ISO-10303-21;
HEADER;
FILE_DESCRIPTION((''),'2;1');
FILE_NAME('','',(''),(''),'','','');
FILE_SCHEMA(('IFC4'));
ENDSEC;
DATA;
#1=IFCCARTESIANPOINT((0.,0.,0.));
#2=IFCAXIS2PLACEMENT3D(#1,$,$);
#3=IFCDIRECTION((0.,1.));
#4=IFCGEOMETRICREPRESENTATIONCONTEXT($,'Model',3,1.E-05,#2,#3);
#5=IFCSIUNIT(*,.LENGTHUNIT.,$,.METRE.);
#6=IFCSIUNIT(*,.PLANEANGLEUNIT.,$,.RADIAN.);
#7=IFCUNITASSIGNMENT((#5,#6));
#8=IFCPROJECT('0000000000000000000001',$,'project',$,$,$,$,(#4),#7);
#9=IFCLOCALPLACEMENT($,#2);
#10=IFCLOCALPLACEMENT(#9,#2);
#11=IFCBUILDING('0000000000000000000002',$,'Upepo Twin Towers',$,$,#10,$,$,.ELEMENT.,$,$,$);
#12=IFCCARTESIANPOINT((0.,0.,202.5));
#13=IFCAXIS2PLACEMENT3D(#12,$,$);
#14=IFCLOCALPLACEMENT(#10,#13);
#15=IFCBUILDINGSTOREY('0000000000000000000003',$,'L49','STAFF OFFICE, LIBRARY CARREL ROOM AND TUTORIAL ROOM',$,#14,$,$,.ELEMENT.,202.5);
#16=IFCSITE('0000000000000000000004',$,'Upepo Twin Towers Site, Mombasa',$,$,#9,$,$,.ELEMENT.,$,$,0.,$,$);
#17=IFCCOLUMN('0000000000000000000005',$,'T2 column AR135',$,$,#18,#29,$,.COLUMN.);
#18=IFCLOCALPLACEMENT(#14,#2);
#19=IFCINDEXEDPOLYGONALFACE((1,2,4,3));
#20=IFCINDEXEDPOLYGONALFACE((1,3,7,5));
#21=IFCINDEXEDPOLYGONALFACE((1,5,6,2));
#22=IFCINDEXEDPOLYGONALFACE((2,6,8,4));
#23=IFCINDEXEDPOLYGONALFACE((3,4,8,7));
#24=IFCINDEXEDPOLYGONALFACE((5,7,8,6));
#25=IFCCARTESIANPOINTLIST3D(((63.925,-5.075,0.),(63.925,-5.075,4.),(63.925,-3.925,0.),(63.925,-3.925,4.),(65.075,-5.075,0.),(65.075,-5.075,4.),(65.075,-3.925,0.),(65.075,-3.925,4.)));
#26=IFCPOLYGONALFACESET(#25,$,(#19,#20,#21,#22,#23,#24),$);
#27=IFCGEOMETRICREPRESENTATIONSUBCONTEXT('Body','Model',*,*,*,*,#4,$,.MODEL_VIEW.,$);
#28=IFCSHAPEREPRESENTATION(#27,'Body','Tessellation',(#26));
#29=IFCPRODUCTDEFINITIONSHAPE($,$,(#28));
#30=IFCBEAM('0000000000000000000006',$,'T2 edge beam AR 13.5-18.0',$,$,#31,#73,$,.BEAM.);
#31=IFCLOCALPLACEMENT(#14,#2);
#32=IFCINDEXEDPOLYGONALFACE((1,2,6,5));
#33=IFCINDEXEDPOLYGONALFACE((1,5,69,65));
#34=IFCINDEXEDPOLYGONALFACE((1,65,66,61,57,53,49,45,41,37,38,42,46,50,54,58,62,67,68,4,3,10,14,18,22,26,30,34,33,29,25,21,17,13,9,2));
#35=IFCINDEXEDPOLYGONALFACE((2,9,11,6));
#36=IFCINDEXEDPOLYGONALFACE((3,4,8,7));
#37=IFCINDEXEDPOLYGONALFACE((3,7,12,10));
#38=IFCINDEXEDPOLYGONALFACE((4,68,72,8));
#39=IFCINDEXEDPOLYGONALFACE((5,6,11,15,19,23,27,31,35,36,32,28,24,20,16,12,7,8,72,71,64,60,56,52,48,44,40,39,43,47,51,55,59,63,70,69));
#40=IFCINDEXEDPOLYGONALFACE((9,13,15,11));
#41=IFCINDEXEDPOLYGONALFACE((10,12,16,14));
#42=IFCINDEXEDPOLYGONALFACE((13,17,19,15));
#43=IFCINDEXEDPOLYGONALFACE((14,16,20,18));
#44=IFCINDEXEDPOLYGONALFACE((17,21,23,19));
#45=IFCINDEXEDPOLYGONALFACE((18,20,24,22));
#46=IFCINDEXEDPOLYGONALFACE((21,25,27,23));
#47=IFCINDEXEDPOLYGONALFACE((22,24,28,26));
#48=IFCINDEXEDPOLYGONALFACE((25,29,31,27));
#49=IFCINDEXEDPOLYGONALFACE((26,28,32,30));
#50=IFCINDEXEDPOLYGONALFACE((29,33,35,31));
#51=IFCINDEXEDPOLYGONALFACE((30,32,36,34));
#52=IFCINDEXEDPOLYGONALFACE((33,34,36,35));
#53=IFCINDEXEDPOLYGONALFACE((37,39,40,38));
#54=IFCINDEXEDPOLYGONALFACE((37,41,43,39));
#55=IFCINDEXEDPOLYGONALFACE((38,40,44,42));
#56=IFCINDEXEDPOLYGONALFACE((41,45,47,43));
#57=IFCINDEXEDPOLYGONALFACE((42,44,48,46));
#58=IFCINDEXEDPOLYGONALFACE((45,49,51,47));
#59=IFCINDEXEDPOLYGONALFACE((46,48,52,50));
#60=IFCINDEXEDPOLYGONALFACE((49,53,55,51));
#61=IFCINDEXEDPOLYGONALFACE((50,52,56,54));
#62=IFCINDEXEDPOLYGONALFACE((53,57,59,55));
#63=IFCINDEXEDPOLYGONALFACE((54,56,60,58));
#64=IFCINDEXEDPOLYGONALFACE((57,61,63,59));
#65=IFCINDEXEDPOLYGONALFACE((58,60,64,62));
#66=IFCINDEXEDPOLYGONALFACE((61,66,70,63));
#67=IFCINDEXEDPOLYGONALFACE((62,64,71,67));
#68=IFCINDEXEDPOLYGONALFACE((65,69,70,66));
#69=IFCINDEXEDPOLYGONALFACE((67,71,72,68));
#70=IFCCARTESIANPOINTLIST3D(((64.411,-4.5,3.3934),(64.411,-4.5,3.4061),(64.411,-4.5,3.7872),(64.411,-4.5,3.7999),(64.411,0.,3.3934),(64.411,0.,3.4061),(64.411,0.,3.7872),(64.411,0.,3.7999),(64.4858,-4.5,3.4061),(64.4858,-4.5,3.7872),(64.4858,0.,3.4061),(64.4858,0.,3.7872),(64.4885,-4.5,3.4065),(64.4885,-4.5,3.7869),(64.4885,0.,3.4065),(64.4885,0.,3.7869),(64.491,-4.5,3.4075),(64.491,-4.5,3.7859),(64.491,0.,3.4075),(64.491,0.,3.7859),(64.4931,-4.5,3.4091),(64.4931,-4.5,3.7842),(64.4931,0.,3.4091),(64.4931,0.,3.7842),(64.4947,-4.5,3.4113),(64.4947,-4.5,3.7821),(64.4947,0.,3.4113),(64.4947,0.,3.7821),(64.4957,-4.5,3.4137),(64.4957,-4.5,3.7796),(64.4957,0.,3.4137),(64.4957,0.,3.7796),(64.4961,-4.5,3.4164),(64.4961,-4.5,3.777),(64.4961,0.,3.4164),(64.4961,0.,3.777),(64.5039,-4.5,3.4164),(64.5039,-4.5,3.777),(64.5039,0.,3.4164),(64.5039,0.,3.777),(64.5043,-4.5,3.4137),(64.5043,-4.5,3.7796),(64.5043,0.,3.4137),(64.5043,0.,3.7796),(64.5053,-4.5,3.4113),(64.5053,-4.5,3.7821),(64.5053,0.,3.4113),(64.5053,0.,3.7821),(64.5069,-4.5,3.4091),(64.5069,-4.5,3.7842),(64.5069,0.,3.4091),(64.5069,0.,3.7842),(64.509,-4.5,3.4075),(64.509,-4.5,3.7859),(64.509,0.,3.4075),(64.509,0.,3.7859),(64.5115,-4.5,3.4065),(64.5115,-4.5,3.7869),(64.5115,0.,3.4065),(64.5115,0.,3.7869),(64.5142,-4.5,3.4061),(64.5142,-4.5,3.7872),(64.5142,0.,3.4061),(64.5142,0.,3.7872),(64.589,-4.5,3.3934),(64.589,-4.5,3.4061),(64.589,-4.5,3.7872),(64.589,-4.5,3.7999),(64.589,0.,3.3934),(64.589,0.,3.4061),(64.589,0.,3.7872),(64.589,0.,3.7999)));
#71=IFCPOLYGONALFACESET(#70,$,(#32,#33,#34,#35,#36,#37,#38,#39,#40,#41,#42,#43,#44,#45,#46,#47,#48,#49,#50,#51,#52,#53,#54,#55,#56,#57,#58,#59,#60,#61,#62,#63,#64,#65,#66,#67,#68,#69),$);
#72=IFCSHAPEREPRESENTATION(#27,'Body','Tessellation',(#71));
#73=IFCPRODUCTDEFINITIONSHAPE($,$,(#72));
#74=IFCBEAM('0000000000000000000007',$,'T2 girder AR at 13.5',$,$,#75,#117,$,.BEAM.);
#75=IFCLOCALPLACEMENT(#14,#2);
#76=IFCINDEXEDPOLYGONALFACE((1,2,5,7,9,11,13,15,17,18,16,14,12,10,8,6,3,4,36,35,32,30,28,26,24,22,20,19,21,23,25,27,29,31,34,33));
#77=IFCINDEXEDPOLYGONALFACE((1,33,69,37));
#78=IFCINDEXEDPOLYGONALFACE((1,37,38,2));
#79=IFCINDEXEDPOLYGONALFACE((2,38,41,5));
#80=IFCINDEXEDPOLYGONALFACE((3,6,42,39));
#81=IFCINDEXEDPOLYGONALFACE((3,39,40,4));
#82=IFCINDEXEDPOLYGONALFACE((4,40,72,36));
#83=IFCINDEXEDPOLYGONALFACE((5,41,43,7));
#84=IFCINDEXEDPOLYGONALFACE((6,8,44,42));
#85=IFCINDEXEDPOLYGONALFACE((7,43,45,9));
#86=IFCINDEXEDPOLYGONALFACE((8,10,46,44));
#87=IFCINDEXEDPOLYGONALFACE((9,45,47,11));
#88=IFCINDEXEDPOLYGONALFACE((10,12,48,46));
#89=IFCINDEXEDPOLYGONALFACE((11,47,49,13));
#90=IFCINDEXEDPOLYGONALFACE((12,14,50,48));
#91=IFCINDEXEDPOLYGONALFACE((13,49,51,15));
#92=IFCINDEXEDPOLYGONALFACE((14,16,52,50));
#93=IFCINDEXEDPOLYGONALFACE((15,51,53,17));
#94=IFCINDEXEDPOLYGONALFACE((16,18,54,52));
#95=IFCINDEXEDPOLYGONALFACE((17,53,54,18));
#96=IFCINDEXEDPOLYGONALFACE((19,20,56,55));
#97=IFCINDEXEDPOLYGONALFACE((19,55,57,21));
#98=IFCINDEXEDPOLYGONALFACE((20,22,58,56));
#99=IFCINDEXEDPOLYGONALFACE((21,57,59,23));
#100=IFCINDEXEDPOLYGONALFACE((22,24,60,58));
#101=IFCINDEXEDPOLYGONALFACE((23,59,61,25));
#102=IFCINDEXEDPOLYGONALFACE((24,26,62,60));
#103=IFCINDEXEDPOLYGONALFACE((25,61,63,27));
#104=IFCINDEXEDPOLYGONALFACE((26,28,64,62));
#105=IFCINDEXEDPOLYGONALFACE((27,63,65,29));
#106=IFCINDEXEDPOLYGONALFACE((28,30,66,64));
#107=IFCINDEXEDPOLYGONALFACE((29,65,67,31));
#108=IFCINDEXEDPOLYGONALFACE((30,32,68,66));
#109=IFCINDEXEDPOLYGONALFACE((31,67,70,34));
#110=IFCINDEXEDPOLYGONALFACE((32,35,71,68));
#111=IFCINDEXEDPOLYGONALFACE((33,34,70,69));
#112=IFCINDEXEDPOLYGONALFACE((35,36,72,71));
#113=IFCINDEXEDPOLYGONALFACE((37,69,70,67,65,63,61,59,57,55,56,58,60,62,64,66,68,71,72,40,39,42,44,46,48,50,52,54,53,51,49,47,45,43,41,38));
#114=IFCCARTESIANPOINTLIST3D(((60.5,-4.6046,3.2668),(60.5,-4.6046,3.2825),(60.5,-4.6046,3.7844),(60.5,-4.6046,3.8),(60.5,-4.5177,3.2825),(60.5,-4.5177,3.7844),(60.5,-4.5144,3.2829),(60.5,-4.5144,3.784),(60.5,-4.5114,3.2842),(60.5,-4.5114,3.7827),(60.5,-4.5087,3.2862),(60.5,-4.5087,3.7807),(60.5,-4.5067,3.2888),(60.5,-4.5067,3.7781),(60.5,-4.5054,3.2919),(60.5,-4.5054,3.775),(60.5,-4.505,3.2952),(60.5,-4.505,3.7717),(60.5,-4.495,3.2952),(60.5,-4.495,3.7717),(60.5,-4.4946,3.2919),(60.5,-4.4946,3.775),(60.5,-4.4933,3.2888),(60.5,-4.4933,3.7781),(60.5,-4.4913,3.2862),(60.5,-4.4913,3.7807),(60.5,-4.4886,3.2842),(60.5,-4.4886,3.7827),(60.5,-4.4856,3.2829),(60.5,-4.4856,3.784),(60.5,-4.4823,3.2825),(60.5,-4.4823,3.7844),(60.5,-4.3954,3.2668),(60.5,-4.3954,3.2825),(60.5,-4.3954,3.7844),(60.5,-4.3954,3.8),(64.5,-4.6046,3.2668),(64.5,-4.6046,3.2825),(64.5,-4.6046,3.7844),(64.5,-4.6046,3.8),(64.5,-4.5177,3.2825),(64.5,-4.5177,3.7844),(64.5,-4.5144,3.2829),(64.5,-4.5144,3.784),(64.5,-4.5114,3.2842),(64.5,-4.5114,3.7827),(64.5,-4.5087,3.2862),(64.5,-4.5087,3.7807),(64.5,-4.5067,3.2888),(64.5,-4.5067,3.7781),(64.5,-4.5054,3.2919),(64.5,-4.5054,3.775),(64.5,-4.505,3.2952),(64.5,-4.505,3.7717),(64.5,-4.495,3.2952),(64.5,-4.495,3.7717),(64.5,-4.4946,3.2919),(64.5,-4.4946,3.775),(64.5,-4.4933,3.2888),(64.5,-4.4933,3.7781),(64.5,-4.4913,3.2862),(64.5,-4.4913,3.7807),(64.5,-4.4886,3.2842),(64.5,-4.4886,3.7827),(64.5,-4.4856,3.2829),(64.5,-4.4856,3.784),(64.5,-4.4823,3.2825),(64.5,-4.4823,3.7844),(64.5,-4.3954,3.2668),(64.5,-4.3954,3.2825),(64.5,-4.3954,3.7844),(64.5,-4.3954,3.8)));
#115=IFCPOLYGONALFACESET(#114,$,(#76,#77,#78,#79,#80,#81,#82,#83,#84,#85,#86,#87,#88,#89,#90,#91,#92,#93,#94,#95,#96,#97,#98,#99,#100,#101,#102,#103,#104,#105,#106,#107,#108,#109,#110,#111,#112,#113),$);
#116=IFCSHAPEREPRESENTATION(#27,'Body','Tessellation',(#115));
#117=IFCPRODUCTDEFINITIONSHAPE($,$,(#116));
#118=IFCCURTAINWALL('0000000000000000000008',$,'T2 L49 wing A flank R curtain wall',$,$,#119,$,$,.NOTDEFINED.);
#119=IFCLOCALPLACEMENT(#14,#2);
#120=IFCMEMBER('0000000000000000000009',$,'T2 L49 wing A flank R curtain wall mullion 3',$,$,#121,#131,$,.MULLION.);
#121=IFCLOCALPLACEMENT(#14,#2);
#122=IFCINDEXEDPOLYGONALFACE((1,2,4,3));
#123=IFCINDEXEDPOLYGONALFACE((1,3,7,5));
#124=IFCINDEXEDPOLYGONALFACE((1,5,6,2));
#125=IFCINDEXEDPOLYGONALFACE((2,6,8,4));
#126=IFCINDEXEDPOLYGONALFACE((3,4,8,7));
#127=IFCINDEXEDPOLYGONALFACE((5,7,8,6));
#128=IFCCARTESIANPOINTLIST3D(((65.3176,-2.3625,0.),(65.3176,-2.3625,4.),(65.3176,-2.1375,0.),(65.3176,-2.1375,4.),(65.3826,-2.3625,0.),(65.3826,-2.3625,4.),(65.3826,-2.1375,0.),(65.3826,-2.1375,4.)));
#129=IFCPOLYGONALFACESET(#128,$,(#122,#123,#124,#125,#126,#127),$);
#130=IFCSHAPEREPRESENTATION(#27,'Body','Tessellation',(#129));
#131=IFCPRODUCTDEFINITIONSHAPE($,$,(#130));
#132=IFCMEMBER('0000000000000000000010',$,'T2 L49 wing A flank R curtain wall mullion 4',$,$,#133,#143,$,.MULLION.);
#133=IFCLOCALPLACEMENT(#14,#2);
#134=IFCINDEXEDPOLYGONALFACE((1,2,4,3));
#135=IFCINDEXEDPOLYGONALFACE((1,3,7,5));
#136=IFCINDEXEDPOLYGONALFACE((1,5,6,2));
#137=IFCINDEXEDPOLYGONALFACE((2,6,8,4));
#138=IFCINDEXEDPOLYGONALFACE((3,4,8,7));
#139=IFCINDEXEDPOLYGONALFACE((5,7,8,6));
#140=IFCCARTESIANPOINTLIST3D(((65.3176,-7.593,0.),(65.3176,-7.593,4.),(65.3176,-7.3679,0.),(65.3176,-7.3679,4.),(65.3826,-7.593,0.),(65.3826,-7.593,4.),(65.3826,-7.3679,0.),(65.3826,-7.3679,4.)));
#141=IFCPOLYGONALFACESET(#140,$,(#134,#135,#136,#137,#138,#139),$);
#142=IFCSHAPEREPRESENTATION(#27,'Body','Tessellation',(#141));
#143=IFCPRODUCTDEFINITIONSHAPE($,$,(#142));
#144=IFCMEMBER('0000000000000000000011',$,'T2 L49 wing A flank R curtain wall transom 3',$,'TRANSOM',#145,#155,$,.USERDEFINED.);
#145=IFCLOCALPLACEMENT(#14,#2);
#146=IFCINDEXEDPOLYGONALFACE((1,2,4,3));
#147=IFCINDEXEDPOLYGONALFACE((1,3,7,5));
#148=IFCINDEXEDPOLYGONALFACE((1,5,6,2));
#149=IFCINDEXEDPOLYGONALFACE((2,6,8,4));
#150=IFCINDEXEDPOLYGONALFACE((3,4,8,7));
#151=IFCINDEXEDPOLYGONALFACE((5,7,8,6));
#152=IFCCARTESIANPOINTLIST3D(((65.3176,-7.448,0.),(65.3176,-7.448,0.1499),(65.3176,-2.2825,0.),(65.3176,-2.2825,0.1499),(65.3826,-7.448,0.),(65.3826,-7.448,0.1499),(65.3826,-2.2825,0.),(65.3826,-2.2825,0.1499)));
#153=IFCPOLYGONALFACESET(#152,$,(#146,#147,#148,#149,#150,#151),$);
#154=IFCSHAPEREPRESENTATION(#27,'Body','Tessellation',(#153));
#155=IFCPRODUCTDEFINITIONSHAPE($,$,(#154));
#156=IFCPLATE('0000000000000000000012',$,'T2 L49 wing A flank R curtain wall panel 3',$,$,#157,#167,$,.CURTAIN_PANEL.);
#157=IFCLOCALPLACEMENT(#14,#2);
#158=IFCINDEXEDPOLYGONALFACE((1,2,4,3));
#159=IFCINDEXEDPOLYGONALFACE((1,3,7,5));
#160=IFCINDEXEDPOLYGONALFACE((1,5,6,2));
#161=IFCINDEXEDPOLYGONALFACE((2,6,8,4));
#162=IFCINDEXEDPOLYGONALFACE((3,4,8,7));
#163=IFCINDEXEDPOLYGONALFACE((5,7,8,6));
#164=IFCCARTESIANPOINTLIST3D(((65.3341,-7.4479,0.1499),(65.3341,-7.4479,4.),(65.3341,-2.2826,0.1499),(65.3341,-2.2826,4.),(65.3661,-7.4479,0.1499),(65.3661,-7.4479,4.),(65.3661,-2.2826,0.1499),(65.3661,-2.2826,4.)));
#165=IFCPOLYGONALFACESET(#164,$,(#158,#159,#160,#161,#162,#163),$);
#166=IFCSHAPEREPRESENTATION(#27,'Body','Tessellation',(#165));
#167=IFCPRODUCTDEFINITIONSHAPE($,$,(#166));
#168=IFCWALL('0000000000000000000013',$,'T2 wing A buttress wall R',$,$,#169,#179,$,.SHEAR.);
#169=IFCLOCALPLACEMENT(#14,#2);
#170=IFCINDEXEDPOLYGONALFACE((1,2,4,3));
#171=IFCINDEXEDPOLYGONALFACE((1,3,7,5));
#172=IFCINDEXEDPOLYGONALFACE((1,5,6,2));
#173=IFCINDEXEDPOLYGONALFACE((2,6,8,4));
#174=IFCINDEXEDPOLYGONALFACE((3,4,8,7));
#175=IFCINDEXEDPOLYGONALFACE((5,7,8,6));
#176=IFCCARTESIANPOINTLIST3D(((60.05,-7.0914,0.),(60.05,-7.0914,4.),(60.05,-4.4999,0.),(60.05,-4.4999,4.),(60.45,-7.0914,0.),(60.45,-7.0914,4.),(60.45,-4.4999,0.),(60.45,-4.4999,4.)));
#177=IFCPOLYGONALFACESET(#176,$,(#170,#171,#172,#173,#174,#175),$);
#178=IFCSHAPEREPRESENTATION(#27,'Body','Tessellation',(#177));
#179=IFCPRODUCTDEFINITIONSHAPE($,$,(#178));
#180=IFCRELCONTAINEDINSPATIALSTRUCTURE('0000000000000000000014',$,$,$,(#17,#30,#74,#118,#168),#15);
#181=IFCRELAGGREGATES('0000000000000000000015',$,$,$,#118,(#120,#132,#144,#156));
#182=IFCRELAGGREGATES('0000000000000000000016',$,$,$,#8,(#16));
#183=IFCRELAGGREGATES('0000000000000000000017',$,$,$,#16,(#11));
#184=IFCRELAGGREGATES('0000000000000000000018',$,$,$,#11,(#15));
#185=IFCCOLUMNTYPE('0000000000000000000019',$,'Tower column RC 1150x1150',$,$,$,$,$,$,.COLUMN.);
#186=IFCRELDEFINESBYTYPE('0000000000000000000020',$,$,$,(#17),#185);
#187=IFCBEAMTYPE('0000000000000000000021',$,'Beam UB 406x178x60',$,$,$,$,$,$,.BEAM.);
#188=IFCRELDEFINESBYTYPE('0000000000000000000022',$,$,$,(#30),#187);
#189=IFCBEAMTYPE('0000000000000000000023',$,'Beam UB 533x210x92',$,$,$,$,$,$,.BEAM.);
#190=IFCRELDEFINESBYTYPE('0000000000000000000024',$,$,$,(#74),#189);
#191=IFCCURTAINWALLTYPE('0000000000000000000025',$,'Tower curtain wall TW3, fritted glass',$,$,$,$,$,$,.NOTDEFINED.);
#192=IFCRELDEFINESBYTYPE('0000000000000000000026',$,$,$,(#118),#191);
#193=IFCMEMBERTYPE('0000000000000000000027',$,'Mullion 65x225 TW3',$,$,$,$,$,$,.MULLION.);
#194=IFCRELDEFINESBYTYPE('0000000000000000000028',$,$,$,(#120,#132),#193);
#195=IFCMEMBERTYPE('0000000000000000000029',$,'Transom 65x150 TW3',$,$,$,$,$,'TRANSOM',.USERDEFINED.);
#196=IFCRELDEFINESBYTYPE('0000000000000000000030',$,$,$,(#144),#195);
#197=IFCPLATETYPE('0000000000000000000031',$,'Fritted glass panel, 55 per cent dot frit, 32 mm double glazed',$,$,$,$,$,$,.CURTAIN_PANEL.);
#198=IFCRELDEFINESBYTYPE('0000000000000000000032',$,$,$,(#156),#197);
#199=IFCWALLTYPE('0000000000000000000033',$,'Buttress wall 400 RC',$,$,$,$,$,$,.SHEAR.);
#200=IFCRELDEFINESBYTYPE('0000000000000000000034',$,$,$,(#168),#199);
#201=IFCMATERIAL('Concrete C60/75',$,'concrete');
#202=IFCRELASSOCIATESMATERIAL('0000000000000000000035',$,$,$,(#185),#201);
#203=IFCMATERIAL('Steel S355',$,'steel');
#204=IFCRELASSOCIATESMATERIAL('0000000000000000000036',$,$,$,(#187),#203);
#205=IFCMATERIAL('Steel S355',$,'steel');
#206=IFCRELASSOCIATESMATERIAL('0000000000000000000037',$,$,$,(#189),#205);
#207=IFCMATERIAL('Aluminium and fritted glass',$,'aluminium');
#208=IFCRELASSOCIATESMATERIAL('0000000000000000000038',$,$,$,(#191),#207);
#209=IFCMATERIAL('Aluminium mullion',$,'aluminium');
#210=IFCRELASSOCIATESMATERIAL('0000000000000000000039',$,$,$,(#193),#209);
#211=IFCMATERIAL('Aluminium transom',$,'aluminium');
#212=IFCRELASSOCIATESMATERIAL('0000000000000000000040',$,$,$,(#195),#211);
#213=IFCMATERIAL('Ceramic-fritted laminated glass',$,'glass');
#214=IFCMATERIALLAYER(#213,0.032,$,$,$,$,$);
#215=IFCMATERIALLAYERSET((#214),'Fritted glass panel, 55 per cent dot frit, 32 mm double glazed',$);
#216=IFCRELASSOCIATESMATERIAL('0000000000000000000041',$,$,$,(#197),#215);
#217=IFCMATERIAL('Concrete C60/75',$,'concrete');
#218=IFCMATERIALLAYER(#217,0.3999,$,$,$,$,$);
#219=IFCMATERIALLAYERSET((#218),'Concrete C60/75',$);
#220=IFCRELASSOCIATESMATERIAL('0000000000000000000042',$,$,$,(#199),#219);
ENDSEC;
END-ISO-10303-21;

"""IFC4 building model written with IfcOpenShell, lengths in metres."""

from ifc_helpers import new_model, si_unit, direction, frame, frame_2d, origin, origin_2d, place, context, subcontext, project, spatial, rectangle, i_section, extrude, material, layer, layer_set, material_profile, profile_set, type_object, element, aggregate, save


model = new_model("IFC4")

# Units and contexts
model_context = context("Model", 3, precision=1e-05, world=origin(), true_north=direction((0.0, 1.0)))
body_context = subcontext(model_context, "Body", "Model", "MODEL_VIEW")
ifc_project = project(units=[si_unit("LENGTHUNIT", "METRE"), si_unit("PLANEANGLEUNIT", "RADIAN")], contexts=[model_context])

# Site, building, storey
site_placement = place(None, origin())
site = spatial("IfcSite", under=ifc_project, at=site_placement, Name="Upepo Twin Towers Site, Mombasa", CompositionType="ELEMENT", RefElevation=0.0)
building_placement = place(site_placement, origin())
building = spatial("IfcBuilding", under=site, at=building_placement, Name="Upepo Twin Towers", CompositionType="ELEMENT")
storey_placement = place(building_placement, frame((0.0, 0.0, 202.5)))
storey = spatial("IfcBuildingStorey", under=building, at=storey_placement, Name="L49", Description="STAFF OFFICE, LIBRARY CARREL ROOM AND TUTORIAL ROOM", CompositionType="ELEMENT", Elevation=202.5)

# Column
ifc_material_1 = material(Name="Concrete C60/75", Category="concrete")
ifc_material_profile_1 = material_profile(ifc_material_1, rectangle(XDim=1.1499, YDim=1.1499, at=origin_2d()), Name="RC 1150x1150")
ifc_profile_set_1 = profile_set([ifc_material_profile_1], Name="Concrete C60/75")
column_type = type_object("IfcColumnType", Name="Tower column RC 1150x1150", PredefinedType="COLUMN", material=ifc_profile_set_1)
column_placement = place(storey_placement, frame((64.5, -4.5, 0.0), z_axis=(0.0, 0.0, 1.0), x_axis=(1.0, 0.0, 0.0)))
element("IfcColumn", 1, at=column_placement, inside=storey, type_object=column_type, Name="T2 column AR135", PredefinedType="COLUMN", context=body_context, shape_type="SweptSolid", body=[
    extrude(rectangle(XDim=1.1499, YDim=1.1499, at=origin_2d()), origin(), (0.0, 0.0, 1.0), 4.0),
])

# Beams
ifc_material_2 = material(Name="Steel S355", Category="steel")
ifc_material_profile_2 = material_profile(ifc_material_2, i_section(OverallWidth=0.178, OverallDepth=0.4065, WebThickness=0.0078, FlangeThickness=0.0127, FilletRadius=0.0103, at=origin_2d()), Name="UB 406x178x60")
ifc_profile_set_2 = profile_set([ifc_material_profile_2], Name="Steel S355")
beam_type_1 = type_object("IfcBeamType", Name="Beam UB 406x178x60", PredefinedType="BEAM", material=ifc_profile_set_2)
beam_1_placement = place(storey_placement, frame((64.5, -4.5, 3.5967), z_axis=(0.0, 1.0, 0.0), x_axis=(-1.0, 0.0, 0.0)))
element("IfcBeam", 2, at=beam_1_placement, inside=storey, type_object=beam_type_1, Name="T2 edge beam AR 13.5-18.0", PredefinedType="BEAM", context=body_context, shape_type="SweptSolid", body=[
    extrude(i_section(OverallWidth=0.178, OverallDepth=0.4065, WebThickness=0.0078, FlangeThickness=0.0127, FilletRadius=0.0103, at=origin_2d()), origin(), (0.0, 0.0, 1.0), 4.5),
])
ifc_material_3 = material(Name="Steel S355", Category="steel")
ifc_material_profile_3 = material_profile(ifc_material_3, i_section(OverallWidth=0.2092, OverallDepth=0.5332, WebThickness=0.01, FlangeThickness=0.0156, FilletRadius=0.0127, at=origin_2d()), Name="UB 533x210x92")
ifc_profile_set_3 = profile_set([ifc_material_profile_3], Name="Steel S355")
beam_type_2 = type_object("IfcBeamType", Name="Beam UB 533x210x92", PredefinedType="BEAM", material=ifc_profile_set_3)
beam_2_placement = place(storey_placement, frame((64.5, -4.5, 3.5334), z_axis=(-1.0, 0.0, 0.0), x_axis=(0.0, -1.0, 0.0)))
element("IfcBeam", 3, at=beam_2_placement, inside=storey, type_object=beam_type_2, Name="T2 girder AR at 13.5", PredefinedType="BEAM", context=body_context, shape_type="SweptSolid", body=[
    extrude(i_section(OverallWidth=0.2092, OverallDepth=0.5332, WebThickness=0.01, FlangeThickness=0.0156, FilletRadius=0.0127, at=origin_2d()), origin(), (0.0, 0.0, 1.0), 4.0),
])

# Curtain wall, members, plate
ifc_material_4 = material(Name="Aluminium and fritted glass", Category="aluminium")
curtain_wall_type = type_object("IfcCurtainWallType", Name="Tower curtain wall TW3, fritted glass", PredefinedType="NOTDEFINED", material=ifc_material_4)
curtain_wall_placement = place(storey_placement, origin())
curtain_wall = element("IfcCurtainWall", 4, at=curtain_wall_placement, inside=storey, type_object=curtain_wall_type, Name="T2 L49 wing A flank R curtain wall", PredefinedType="NOTDEFINED")
ifc_material_5 = material(Name="Aluminium mullion", Category="aluminium")
ifc_material_profile_4 = material_profile(ifc_material_5, rectangle(XDim=0.0649, YDim=0.2251, at=origin_2d()), Name="MULLION 65x225")
ifc_profile_set_4 = profile_set([ifc_material_profile_4], Name="Aluminium mullion")
member_type_1 = type_object("IfcMemberType", Name="Mullion 65x225 TW3", PredefinedType="MULLION", material=ifc_profile_set_4)
member_1_placement = place(storey_placement, frame((65.3501, -2.25, 0.0), z_axis=(0.0, 0.0, 1.0), x_axis=(1.0, 0.0, 0.0)))
member_1 = element("IfcMember", 5, at=member_1_placement, type_object=member_type_1, Name="T2 L49 wing A flank R curtain wall mullion 3", PredefinedType="MULLION", context=body_context, shape_type="SweptSolid", body=[
    extrude(rectangle(XDim=0.0649, YDim=0.2251, at=origin_2d()), origin(), (0.0, 0.0, 1.0), 4.0),
])
member_2_placement = place(storey_placement, frame((65.3501, -7.4805, 0.0), z_axis=(0.0, 0.0, 1.0), x_axis=(1.0, 0.0, 0.0)))
member_2 = element("IfcMember", 6, at=member_2_placement, type_object=member_type_1, Name="T2 L49 wing A flank R curtain wall mullion 4", PredefinedType="MULLION", context=body_context, shape_type="SweptSolid", body=[
    extrude(rectangle(XDim=0.0649, YDim=0.2251, at=origin_2d()), origin(), (0.0, 0.0, 1.0), 4.0),
])
ifc_material_6 = material(Name="Aluminium transom", Category="aluminium")
ifc_material_profile_5 = material_profile(ifc_material_6, rectangle(XDim=0.0649, YDim=0.1499, at=origin_2d()), Name="TRANSOM 65x150")
ifc_profile_set_5 = profile_set([ifc_material_profile_5], Name="Aluminium transom")
member_type_2 = type_object("IfcMemberType", Name="Transom 65x150 TW3", ElementType="TRANSOM", PredefinedType="USERDEFINED", material=ifc_profile_set_5)
member_3_placement = place(storey_placement, frame((65.3501, -2.2825, 0.075), z_axis=(0.0, -1.0, 0.0), x_axis=(1.0, 0.0, 0.0)))
member_3 = element("IfcMember", 7, at=member_3_placement, type_object=member_type_2, Name="T2 L49 wing A flank R curtain wall transom 3", ObjectType="TRANSOM", PredefinedType="USERDEFINED", context=body_context, shape_type="SweptSolid", body=[
    extrude(rectangle(XDim=0.0649, YDim=0.1499, at=origin_2d()), origin(), (0.0, 0.0, 1.0), 5.1655),
])
ifc_material_7 = material(Name="Ceramic-fritted laminated glass", Category="glass")
ifc_layer_1 = layer(ifc_material_7, 0.032)
ifc_layer_set_1 = layer_set([ifc_layer_1], Name="Fritted glass panel, 55 per cent dot frit, 32 mm double glazed")
plate_type = type_object("IfcPlateType", Name="Fritted glass panel, 55 per cent dot frit, 32 mm double glazed", PredefinedType="CURTAIN_PANEL", material=ifc_layer_set_1)
plate_placement = place(storey_placement, frame((65.3501, -4.8652, 0.1499), z_axis=(0.0, 0.0, 1.0), x_axis=(0.0, -1.0, 0.0)))
plate = element("IfcPlate", 8, at=plate_placement, type_object=plate_type, Name="T2 L49 wing A flank R curtain wall panel 3", PredefinedType="CURTAIN_PANEL", context=body_context, shape_type="SweptSolid", body=[
    extrude(rectangle(XDim=5.1653, YDim=0.032, at=origin_2d()), origin(), (0.0, 0.0, 1.0), 3.8501),
])
aggregate(curtain_wall, [member_1, member_2, member_3, plate])

# Wall
ifc_material_8 = material(Name="Concrete C60/75", Category="concrete")
ifc_layer_2 = layer(ifc_material_8, 0.3999)
ifc_layer_set_2 = layer_set([ifc_layer_2], Name="Concrete C60/75")
wall_type_1 = type_object("IfcWallType", Name="Buttress wall 400 RC", PredefinedType="SHEAR", material=ifc_layer_set_2)
wall_1_placement = place(storey_placement, frame((60.25, -7.0916, 0.0), z_axis=(0.0, 0.0, 1.0), x_axis=(0.0, 1.0, 0.0)))
element("IfcWall", 9, at=wall_1_placement, inside=storey, type_object=wall_type_1, Name="T2 wing A buttress wall R", PredefinedType="SHEAR", context=body_context, shape_type="SweptSolid", body=[
    extrude(rectangle(XDim=2.5916, YDim=0.3999, at=frame_2d((1.2959, 0.0))), origin(), (0.0, 0.0, 1.0), 4.0),
])

save(model, "model.ifc")
